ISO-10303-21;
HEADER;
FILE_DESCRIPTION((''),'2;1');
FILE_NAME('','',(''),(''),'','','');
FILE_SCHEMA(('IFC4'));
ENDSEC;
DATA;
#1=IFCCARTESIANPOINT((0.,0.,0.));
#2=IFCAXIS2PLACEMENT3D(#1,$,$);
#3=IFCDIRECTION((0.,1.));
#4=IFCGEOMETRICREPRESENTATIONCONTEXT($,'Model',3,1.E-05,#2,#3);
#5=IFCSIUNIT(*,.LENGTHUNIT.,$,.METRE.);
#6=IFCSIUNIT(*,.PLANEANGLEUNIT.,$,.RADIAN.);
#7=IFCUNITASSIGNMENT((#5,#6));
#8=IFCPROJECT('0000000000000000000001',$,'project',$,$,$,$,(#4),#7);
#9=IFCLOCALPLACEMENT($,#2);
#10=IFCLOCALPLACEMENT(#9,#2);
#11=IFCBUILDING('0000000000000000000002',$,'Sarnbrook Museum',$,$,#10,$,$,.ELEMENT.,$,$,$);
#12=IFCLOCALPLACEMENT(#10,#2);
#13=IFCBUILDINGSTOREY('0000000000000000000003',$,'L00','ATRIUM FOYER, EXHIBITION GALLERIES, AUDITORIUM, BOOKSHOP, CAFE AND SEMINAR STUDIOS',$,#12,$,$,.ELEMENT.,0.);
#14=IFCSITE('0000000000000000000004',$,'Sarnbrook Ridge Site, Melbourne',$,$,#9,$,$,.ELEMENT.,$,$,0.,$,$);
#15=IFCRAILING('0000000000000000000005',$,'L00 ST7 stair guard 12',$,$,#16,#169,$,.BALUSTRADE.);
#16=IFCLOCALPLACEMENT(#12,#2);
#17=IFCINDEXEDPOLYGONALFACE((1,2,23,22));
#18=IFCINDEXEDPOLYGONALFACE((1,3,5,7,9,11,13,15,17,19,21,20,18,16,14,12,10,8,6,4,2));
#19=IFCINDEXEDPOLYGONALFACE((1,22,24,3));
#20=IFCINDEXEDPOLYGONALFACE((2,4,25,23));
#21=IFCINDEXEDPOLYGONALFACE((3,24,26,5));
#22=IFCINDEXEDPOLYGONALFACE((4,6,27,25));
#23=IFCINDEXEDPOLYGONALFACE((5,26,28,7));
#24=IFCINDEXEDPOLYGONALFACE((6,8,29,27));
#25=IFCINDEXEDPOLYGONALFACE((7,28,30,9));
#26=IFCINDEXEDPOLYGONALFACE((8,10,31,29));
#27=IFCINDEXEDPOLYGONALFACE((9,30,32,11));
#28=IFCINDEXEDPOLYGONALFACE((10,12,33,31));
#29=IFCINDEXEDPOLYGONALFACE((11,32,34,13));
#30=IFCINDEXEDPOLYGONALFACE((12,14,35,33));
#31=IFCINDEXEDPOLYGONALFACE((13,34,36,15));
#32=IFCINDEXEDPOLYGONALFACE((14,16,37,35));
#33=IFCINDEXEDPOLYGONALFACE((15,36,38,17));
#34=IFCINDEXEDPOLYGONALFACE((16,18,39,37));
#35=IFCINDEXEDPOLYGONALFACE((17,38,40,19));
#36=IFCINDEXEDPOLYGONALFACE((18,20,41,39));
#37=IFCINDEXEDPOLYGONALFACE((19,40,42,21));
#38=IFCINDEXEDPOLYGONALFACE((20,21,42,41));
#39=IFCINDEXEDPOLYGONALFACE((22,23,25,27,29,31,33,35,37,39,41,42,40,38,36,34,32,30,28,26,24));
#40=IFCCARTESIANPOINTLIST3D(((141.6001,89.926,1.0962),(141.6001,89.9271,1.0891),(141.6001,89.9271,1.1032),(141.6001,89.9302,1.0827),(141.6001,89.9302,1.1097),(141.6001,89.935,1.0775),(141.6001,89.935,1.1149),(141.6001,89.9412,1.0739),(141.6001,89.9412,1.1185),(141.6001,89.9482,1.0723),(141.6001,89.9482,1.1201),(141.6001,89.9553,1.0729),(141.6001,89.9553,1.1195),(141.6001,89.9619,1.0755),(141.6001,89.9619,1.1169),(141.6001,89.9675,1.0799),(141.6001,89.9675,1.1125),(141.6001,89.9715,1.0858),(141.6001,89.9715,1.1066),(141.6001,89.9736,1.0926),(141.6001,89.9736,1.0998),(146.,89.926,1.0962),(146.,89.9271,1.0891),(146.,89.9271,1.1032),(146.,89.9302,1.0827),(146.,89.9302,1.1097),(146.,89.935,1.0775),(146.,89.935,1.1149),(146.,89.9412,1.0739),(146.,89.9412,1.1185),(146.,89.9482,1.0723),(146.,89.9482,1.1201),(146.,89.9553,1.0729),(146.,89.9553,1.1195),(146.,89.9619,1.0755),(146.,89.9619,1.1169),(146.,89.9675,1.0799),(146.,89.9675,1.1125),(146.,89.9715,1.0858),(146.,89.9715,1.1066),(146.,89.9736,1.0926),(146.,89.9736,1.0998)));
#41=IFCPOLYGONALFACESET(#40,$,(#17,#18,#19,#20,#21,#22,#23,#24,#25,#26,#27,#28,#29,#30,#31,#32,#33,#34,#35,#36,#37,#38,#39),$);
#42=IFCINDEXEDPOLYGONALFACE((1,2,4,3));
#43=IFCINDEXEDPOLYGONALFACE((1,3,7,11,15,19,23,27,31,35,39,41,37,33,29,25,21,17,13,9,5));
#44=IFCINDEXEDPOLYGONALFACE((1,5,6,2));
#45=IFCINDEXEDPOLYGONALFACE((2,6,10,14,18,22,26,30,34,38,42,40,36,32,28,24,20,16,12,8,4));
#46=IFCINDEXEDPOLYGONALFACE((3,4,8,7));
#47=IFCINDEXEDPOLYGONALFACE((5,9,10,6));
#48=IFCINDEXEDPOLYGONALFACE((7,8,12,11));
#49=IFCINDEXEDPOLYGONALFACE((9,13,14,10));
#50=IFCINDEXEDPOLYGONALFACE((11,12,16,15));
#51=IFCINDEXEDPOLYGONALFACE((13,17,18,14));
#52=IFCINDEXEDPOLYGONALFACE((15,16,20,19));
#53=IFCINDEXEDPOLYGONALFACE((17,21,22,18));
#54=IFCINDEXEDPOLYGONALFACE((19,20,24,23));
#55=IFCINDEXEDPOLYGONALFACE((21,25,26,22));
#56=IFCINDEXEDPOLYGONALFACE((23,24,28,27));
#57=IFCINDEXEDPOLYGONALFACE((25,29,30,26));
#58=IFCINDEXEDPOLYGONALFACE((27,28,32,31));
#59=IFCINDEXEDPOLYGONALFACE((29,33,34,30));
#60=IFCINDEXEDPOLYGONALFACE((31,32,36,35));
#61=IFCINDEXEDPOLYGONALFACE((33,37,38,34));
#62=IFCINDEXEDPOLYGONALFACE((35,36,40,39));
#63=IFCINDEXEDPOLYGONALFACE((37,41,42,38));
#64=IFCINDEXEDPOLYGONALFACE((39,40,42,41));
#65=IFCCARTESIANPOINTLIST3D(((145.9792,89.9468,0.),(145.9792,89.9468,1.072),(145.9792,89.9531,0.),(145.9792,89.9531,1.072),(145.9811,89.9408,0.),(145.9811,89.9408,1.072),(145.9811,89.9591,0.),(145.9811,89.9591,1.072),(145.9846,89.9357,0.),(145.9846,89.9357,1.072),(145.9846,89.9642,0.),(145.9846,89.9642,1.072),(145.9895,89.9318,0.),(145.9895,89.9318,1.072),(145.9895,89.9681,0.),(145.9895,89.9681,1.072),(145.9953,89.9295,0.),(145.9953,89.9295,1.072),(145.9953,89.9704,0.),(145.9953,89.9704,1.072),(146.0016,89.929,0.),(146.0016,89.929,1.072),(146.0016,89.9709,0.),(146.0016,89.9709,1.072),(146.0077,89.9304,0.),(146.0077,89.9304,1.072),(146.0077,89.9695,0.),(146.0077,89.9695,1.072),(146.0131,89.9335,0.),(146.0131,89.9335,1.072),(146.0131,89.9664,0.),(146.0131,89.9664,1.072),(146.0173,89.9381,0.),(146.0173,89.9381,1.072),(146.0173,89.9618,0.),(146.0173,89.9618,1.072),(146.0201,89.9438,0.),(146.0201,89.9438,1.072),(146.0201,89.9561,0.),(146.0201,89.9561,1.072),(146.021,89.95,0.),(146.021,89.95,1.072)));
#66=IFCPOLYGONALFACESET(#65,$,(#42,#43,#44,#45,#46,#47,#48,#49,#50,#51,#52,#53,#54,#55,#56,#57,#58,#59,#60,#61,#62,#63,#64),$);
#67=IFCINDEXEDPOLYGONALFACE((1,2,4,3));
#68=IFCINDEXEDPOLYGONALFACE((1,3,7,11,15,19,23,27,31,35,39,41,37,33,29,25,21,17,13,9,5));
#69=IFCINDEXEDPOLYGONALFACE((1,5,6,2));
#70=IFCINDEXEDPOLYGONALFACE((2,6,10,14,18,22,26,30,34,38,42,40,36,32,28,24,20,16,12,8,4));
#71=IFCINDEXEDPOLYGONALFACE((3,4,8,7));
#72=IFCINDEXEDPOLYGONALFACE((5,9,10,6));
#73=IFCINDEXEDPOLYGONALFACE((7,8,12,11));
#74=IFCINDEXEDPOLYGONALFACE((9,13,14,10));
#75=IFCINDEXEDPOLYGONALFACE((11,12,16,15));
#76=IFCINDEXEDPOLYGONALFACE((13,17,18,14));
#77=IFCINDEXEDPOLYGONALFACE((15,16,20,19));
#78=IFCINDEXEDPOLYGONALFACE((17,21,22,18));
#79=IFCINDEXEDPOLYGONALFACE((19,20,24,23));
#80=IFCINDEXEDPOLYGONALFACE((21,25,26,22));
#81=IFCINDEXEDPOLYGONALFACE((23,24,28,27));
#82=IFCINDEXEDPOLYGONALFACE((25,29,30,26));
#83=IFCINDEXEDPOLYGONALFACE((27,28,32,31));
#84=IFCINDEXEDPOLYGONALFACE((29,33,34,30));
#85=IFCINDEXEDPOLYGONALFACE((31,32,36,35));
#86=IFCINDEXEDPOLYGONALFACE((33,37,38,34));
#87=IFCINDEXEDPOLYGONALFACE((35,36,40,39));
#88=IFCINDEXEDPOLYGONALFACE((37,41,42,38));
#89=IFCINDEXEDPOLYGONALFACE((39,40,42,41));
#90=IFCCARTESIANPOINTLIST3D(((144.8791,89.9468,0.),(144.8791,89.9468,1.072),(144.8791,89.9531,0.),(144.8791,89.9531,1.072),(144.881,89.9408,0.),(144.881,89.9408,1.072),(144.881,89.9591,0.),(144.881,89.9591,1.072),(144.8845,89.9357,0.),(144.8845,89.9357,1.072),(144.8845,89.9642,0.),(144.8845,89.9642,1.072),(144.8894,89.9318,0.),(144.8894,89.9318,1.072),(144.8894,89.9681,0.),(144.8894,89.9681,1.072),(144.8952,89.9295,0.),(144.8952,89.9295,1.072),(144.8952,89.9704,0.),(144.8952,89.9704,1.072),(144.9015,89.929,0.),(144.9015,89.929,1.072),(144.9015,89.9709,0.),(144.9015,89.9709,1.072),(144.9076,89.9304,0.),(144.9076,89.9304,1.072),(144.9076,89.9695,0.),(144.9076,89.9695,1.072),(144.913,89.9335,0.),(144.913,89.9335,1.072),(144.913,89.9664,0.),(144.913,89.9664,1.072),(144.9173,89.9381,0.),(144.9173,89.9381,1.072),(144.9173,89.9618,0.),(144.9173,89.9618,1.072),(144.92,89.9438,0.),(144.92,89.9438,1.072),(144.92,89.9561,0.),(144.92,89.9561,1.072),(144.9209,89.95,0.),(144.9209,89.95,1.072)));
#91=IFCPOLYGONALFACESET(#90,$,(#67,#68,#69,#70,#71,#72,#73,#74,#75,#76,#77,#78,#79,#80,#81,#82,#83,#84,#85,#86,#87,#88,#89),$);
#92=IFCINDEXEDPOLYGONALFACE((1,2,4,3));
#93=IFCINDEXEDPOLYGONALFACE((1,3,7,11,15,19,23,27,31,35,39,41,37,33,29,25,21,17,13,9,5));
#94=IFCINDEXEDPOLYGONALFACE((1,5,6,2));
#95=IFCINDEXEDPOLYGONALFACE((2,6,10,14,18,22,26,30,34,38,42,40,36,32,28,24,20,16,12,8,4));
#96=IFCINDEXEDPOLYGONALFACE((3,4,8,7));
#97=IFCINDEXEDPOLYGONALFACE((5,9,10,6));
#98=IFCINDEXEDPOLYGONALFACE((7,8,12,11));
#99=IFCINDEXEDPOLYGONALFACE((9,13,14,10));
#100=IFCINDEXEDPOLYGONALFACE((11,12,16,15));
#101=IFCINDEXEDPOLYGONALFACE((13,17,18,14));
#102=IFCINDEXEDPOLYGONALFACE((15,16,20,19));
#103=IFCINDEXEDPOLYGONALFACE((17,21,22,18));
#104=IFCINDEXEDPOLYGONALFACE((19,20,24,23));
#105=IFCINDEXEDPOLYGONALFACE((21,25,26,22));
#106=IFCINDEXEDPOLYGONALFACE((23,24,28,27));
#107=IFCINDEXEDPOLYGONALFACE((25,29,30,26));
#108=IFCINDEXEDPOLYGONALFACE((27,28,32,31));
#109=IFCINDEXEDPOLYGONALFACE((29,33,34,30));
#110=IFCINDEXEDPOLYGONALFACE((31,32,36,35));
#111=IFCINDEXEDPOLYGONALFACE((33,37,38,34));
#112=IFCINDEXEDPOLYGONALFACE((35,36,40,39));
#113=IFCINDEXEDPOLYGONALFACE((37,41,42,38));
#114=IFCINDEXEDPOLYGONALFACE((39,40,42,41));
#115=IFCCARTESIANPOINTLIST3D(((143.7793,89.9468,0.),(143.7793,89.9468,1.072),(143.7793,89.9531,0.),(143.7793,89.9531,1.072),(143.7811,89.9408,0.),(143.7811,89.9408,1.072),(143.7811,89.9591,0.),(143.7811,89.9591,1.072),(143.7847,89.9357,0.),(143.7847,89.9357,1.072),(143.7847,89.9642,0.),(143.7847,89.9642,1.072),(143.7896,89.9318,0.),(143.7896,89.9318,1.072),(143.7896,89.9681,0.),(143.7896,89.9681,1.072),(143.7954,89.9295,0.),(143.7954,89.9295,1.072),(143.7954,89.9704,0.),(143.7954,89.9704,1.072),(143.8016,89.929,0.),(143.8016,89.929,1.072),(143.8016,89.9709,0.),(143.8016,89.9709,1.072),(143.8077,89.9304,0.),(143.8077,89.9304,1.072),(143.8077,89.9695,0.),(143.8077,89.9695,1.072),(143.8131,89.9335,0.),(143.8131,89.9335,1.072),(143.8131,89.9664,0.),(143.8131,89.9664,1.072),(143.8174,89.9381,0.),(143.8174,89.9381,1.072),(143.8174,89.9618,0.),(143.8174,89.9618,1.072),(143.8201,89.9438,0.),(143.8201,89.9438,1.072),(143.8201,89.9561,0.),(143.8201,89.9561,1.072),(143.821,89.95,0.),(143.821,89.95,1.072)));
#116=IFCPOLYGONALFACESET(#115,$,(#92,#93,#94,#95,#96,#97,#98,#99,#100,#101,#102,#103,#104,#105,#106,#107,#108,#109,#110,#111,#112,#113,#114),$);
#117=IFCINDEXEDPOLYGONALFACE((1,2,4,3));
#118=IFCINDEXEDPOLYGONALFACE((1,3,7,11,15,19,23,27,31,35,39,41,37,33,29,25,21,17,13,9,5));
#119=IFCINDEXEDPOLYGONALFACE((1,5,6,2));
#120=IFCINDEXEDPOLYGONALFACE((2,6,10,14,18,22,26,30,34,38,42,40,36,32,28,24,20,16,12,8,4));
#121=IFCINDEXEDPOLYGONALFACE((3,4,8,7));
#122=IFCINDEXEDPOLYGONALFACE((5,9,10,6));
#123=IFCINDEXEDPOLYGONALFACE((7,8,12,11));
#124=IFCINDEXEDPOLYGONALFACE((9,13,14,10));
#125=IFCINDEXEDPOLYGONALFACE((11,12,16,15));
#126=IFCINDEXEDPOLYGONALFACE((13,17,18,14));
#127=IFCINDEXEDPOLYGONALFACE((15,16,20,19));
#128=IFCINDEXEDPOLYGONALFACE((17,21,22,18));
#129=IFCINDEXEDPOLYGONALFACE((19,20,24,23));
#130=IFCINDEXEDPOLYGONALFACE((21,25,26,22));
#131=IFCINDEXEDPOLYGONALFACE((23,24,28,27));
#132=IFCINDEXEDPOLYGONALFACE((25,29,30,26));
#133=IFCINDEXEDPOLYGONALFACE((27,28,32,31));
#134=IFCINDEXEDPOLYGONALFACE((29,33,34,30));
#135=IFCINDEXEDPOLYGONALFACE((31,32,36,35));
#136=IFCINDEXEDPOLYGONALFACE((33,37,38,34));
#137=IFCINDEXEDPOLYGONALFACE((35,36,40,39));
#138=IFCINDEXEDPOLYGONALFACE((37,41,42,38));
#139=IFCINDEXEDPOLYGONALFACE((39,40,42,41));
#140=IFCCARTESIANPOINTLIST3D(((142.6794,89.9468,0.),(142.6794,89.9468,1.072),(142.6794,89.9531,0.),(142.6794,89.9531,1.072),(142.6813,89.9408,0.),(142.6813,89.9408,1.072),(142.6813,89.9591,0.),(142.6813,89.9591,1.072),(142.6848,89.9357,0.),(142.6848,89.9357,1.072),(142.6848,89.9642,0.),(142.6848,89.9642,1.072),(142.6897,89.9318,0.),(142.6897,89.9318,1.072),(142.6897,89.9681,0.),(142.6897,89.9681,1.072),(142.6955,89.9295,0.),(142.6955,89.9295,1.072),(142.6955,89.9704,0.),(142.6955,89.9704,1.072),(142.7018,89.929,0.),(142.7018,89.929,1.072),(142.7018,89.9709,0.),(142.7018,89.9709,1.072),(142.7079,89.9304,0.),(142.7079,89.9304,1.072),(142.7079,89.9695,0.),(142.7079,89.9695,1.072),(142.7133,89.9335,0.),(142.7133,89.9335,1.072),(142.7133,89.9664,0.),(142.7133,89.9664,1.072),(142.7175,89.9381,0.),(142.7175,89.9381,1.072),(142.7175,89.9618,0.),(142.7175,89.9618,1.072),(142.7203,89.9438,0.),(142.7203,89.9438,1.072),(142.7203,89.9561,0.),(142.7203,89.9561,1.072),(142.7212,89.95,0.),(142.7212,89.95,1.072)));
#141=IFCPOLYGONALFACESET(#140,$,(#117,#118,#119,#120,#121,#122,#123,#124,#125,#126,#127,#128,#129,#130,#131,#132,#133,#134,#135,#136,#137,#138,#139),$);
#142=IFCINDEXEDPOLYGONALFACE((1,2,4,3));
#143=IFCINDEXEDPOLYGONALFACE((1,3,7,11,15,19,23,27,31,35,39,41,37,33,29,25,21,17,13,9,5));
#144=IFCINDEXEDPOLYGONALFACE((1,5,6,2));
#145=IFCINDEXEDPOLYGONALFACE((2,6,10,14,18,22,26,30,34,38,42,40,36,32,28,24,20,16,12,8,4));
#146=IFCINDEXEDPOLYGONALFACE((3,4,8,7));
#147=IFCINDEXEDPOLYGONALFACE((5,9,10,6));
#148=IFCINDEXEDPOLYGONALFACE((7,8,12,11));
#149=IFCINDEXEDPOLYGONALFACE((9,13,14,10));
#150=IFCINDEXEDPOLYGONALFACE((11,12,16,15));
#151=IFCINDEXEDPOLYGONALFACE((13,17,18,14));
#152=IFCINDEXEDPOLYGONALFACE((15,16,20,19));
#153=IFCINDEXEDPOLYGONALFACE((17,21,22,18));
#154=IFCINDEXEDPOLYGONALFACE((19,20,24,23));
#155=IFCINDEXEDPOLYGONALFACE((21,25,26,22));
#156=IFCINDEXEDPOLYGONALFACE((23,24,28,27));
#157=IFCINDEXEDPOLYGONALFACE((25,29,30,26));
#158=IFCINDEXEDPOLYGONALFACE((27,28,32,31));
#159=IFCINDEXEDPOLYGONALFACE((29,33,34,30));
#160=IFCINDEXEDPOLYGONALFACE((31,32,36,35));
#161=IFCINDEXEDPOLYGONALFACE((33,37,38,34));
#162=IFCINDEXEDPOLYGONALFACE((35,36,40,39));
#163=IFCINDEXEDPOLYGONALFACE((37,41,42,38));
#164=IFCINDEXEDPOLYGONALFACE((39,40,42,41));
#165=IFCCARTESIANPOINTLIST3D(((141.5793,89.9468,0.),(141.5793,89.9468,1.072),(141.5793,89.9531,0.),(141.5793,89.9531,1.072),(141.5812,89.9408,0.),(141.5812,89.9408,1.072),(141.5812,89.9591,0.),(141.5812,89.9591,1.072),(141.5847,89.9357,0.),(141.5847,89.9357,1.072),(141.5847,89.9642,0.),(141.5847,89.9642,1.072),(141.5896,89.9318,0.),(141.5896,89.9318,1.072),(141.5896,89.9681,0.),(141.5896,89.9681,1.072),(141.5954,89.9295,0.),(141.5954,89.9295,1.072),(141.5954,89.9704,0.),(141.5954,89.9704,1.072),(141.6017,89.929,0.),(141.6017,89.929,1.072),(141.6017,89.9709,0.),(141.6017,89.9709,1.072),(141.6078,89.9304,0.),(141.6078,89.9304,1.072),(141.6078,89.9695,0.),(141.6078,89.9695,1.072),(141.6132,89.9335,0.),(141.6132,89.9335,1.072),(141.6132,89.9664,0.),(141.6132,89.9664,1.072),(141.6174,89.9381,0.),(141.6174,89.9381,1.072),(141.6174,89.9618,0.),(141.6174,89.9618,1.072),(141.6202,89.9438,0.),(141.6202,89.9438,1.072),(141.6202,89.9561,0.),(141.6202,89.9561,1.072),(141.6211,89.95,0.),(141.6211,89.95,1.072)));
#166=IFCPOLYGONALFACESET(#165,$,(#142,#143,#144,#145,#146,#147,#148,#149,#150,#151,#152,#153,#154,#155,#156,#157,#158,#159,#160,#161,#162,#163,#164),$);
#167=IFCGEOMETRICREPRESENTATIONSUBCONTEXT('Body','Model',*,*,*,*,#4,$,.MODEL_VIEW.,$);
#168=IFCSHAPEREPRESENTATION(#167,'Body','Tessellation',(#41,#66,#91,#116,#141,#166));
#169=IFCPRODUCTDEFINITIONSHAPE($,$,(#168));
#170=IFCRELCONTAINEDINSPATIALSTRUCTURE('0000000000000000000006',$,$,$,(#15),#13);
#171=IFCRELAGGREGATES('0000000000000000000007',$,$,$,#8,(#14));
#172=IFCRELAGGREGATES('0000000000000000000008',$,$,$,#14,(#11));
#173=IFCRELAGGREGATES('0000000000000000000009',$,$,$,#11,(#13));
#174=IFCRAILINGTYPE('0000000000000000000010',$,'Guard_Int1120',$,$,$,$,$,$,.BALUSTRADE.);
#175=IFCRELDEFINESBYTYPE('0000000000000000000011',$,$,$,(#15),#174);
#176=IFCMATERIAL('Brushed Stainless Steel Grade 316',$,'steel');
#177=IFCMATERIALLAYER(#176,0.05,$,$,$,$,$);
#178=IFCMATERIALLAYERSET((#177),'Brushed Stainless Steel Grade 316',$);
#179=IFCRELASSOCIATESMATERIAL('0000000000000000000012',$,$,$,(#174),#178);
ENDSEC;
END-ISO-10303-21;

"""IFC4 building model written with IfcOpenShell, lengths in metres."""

from ifc_helpers import new_model, si_unit, direction, frame, origin, origin_2d, place, context, subcontext, project, spatial, circle, extrude, material, layer, layer_set, type_object, element, save


model = new_model("IFC4")

# Units and contexts
model_context = context("Model", 3, precision=1e-05, world=origin(), true_north=direction((0.0, 1.0)))
body_context = subcontext(model_context, "Body", "Model", "MODEL_VIEW")
ifc_project = project(units=[si_unit("LENGTHUNIT", "METRE"), si_unit("PLANEANGLEUNIT", "RADIAN")], contexts=[model_context])

# Site, building, storey
site_placement = place(None, origin())
site = spatial("IfcSite", under=ifc_project, at=site_placement, Name="Sarnbrook Ridge Site, Melbourne", CompositionType="ELEMENT", RefElevation=0.0)
building_placement = place(site_placement, origin())
building = spatial("IfcBuilding", under=site, at=building_placement, Name="Sarnbrook Museum", CompositionType="ELEMENT")
storey_placement = place(building_placement, origin())
storey = spatial("IfcBuildingStorey", under=building, at=storey_placement, Name="L00", Description="ATRIUM FOYER, EXHIBITION GALLERIES, AUDITORIUM, BOOKSHOP, CAFE AND SEMINAR STUDIOS", CompositionType="ELEMENT", Elevation=0.0)

# Railing
ifc_material_1 = material(Name="Brushed Stainless Steel Grade 316", Category="steel")
ifc_layer_1 = layer(ifc_material_1, 0.05)
ifc_layer_set_1 = layer_set([ifc_layer_1], Name="Brushed Stainless Steel Grade 316")
railing_type_1 = type_object("IfcRailingType", Name="Guard_Int1120", PredefinedType="BALUSTRADE", material=ifc_layer_set_1)
railing_1_placement = place(storey_placement, frame((146.0, 89.95, 0.0)))
element("IfcRailing", 1, at=railing_1_placement, inside=storey, type_object=railing_type_1, Name="L00 ST7 stair guard 12", PredefinedType="BALUSTRADE", context=body_context, shape_type="SweptSolid", body=[
    extrude(circle(Radius=0.0239, at=origin_2d()), frame((0.0, 0.0, 1.0962), z_axis=(-1.0, 0.0, 0.0), x_axis=(0.0, -1.0, 0.0)), (0.0, 0.0, 1.0), 4.3999),
    extrude(circle(Radius=0.021, at=origin_2d()), origin(), (0.0, 0.0, 1.0), 1.072),
    extrude(circle(Radius=0.021, at=origin_2d()), frame((-1.1001, 0.0, 0.0)), (0.0, 0.0, 1.0), 1.072),
    extrude(circle(Radius=0.021, at=origin_2d()), frame((-2.2, 0.0, 0.0)), (0.0, 0.0, 1.0), 1.072),
    extrude(circle(Radius=0.021, at=origin_2d()), frame((-3.2998, 0.0, 0.0)), (0.0, 0.0, 1.0), 1.072),
    extrude(circle(Radius=0.021, at=origin_2d()), frame((-4.3999, 0.0, 0.0)), (0.0, 0.0, 1.0), 1.072),
])

save(model, "model.ifc")
